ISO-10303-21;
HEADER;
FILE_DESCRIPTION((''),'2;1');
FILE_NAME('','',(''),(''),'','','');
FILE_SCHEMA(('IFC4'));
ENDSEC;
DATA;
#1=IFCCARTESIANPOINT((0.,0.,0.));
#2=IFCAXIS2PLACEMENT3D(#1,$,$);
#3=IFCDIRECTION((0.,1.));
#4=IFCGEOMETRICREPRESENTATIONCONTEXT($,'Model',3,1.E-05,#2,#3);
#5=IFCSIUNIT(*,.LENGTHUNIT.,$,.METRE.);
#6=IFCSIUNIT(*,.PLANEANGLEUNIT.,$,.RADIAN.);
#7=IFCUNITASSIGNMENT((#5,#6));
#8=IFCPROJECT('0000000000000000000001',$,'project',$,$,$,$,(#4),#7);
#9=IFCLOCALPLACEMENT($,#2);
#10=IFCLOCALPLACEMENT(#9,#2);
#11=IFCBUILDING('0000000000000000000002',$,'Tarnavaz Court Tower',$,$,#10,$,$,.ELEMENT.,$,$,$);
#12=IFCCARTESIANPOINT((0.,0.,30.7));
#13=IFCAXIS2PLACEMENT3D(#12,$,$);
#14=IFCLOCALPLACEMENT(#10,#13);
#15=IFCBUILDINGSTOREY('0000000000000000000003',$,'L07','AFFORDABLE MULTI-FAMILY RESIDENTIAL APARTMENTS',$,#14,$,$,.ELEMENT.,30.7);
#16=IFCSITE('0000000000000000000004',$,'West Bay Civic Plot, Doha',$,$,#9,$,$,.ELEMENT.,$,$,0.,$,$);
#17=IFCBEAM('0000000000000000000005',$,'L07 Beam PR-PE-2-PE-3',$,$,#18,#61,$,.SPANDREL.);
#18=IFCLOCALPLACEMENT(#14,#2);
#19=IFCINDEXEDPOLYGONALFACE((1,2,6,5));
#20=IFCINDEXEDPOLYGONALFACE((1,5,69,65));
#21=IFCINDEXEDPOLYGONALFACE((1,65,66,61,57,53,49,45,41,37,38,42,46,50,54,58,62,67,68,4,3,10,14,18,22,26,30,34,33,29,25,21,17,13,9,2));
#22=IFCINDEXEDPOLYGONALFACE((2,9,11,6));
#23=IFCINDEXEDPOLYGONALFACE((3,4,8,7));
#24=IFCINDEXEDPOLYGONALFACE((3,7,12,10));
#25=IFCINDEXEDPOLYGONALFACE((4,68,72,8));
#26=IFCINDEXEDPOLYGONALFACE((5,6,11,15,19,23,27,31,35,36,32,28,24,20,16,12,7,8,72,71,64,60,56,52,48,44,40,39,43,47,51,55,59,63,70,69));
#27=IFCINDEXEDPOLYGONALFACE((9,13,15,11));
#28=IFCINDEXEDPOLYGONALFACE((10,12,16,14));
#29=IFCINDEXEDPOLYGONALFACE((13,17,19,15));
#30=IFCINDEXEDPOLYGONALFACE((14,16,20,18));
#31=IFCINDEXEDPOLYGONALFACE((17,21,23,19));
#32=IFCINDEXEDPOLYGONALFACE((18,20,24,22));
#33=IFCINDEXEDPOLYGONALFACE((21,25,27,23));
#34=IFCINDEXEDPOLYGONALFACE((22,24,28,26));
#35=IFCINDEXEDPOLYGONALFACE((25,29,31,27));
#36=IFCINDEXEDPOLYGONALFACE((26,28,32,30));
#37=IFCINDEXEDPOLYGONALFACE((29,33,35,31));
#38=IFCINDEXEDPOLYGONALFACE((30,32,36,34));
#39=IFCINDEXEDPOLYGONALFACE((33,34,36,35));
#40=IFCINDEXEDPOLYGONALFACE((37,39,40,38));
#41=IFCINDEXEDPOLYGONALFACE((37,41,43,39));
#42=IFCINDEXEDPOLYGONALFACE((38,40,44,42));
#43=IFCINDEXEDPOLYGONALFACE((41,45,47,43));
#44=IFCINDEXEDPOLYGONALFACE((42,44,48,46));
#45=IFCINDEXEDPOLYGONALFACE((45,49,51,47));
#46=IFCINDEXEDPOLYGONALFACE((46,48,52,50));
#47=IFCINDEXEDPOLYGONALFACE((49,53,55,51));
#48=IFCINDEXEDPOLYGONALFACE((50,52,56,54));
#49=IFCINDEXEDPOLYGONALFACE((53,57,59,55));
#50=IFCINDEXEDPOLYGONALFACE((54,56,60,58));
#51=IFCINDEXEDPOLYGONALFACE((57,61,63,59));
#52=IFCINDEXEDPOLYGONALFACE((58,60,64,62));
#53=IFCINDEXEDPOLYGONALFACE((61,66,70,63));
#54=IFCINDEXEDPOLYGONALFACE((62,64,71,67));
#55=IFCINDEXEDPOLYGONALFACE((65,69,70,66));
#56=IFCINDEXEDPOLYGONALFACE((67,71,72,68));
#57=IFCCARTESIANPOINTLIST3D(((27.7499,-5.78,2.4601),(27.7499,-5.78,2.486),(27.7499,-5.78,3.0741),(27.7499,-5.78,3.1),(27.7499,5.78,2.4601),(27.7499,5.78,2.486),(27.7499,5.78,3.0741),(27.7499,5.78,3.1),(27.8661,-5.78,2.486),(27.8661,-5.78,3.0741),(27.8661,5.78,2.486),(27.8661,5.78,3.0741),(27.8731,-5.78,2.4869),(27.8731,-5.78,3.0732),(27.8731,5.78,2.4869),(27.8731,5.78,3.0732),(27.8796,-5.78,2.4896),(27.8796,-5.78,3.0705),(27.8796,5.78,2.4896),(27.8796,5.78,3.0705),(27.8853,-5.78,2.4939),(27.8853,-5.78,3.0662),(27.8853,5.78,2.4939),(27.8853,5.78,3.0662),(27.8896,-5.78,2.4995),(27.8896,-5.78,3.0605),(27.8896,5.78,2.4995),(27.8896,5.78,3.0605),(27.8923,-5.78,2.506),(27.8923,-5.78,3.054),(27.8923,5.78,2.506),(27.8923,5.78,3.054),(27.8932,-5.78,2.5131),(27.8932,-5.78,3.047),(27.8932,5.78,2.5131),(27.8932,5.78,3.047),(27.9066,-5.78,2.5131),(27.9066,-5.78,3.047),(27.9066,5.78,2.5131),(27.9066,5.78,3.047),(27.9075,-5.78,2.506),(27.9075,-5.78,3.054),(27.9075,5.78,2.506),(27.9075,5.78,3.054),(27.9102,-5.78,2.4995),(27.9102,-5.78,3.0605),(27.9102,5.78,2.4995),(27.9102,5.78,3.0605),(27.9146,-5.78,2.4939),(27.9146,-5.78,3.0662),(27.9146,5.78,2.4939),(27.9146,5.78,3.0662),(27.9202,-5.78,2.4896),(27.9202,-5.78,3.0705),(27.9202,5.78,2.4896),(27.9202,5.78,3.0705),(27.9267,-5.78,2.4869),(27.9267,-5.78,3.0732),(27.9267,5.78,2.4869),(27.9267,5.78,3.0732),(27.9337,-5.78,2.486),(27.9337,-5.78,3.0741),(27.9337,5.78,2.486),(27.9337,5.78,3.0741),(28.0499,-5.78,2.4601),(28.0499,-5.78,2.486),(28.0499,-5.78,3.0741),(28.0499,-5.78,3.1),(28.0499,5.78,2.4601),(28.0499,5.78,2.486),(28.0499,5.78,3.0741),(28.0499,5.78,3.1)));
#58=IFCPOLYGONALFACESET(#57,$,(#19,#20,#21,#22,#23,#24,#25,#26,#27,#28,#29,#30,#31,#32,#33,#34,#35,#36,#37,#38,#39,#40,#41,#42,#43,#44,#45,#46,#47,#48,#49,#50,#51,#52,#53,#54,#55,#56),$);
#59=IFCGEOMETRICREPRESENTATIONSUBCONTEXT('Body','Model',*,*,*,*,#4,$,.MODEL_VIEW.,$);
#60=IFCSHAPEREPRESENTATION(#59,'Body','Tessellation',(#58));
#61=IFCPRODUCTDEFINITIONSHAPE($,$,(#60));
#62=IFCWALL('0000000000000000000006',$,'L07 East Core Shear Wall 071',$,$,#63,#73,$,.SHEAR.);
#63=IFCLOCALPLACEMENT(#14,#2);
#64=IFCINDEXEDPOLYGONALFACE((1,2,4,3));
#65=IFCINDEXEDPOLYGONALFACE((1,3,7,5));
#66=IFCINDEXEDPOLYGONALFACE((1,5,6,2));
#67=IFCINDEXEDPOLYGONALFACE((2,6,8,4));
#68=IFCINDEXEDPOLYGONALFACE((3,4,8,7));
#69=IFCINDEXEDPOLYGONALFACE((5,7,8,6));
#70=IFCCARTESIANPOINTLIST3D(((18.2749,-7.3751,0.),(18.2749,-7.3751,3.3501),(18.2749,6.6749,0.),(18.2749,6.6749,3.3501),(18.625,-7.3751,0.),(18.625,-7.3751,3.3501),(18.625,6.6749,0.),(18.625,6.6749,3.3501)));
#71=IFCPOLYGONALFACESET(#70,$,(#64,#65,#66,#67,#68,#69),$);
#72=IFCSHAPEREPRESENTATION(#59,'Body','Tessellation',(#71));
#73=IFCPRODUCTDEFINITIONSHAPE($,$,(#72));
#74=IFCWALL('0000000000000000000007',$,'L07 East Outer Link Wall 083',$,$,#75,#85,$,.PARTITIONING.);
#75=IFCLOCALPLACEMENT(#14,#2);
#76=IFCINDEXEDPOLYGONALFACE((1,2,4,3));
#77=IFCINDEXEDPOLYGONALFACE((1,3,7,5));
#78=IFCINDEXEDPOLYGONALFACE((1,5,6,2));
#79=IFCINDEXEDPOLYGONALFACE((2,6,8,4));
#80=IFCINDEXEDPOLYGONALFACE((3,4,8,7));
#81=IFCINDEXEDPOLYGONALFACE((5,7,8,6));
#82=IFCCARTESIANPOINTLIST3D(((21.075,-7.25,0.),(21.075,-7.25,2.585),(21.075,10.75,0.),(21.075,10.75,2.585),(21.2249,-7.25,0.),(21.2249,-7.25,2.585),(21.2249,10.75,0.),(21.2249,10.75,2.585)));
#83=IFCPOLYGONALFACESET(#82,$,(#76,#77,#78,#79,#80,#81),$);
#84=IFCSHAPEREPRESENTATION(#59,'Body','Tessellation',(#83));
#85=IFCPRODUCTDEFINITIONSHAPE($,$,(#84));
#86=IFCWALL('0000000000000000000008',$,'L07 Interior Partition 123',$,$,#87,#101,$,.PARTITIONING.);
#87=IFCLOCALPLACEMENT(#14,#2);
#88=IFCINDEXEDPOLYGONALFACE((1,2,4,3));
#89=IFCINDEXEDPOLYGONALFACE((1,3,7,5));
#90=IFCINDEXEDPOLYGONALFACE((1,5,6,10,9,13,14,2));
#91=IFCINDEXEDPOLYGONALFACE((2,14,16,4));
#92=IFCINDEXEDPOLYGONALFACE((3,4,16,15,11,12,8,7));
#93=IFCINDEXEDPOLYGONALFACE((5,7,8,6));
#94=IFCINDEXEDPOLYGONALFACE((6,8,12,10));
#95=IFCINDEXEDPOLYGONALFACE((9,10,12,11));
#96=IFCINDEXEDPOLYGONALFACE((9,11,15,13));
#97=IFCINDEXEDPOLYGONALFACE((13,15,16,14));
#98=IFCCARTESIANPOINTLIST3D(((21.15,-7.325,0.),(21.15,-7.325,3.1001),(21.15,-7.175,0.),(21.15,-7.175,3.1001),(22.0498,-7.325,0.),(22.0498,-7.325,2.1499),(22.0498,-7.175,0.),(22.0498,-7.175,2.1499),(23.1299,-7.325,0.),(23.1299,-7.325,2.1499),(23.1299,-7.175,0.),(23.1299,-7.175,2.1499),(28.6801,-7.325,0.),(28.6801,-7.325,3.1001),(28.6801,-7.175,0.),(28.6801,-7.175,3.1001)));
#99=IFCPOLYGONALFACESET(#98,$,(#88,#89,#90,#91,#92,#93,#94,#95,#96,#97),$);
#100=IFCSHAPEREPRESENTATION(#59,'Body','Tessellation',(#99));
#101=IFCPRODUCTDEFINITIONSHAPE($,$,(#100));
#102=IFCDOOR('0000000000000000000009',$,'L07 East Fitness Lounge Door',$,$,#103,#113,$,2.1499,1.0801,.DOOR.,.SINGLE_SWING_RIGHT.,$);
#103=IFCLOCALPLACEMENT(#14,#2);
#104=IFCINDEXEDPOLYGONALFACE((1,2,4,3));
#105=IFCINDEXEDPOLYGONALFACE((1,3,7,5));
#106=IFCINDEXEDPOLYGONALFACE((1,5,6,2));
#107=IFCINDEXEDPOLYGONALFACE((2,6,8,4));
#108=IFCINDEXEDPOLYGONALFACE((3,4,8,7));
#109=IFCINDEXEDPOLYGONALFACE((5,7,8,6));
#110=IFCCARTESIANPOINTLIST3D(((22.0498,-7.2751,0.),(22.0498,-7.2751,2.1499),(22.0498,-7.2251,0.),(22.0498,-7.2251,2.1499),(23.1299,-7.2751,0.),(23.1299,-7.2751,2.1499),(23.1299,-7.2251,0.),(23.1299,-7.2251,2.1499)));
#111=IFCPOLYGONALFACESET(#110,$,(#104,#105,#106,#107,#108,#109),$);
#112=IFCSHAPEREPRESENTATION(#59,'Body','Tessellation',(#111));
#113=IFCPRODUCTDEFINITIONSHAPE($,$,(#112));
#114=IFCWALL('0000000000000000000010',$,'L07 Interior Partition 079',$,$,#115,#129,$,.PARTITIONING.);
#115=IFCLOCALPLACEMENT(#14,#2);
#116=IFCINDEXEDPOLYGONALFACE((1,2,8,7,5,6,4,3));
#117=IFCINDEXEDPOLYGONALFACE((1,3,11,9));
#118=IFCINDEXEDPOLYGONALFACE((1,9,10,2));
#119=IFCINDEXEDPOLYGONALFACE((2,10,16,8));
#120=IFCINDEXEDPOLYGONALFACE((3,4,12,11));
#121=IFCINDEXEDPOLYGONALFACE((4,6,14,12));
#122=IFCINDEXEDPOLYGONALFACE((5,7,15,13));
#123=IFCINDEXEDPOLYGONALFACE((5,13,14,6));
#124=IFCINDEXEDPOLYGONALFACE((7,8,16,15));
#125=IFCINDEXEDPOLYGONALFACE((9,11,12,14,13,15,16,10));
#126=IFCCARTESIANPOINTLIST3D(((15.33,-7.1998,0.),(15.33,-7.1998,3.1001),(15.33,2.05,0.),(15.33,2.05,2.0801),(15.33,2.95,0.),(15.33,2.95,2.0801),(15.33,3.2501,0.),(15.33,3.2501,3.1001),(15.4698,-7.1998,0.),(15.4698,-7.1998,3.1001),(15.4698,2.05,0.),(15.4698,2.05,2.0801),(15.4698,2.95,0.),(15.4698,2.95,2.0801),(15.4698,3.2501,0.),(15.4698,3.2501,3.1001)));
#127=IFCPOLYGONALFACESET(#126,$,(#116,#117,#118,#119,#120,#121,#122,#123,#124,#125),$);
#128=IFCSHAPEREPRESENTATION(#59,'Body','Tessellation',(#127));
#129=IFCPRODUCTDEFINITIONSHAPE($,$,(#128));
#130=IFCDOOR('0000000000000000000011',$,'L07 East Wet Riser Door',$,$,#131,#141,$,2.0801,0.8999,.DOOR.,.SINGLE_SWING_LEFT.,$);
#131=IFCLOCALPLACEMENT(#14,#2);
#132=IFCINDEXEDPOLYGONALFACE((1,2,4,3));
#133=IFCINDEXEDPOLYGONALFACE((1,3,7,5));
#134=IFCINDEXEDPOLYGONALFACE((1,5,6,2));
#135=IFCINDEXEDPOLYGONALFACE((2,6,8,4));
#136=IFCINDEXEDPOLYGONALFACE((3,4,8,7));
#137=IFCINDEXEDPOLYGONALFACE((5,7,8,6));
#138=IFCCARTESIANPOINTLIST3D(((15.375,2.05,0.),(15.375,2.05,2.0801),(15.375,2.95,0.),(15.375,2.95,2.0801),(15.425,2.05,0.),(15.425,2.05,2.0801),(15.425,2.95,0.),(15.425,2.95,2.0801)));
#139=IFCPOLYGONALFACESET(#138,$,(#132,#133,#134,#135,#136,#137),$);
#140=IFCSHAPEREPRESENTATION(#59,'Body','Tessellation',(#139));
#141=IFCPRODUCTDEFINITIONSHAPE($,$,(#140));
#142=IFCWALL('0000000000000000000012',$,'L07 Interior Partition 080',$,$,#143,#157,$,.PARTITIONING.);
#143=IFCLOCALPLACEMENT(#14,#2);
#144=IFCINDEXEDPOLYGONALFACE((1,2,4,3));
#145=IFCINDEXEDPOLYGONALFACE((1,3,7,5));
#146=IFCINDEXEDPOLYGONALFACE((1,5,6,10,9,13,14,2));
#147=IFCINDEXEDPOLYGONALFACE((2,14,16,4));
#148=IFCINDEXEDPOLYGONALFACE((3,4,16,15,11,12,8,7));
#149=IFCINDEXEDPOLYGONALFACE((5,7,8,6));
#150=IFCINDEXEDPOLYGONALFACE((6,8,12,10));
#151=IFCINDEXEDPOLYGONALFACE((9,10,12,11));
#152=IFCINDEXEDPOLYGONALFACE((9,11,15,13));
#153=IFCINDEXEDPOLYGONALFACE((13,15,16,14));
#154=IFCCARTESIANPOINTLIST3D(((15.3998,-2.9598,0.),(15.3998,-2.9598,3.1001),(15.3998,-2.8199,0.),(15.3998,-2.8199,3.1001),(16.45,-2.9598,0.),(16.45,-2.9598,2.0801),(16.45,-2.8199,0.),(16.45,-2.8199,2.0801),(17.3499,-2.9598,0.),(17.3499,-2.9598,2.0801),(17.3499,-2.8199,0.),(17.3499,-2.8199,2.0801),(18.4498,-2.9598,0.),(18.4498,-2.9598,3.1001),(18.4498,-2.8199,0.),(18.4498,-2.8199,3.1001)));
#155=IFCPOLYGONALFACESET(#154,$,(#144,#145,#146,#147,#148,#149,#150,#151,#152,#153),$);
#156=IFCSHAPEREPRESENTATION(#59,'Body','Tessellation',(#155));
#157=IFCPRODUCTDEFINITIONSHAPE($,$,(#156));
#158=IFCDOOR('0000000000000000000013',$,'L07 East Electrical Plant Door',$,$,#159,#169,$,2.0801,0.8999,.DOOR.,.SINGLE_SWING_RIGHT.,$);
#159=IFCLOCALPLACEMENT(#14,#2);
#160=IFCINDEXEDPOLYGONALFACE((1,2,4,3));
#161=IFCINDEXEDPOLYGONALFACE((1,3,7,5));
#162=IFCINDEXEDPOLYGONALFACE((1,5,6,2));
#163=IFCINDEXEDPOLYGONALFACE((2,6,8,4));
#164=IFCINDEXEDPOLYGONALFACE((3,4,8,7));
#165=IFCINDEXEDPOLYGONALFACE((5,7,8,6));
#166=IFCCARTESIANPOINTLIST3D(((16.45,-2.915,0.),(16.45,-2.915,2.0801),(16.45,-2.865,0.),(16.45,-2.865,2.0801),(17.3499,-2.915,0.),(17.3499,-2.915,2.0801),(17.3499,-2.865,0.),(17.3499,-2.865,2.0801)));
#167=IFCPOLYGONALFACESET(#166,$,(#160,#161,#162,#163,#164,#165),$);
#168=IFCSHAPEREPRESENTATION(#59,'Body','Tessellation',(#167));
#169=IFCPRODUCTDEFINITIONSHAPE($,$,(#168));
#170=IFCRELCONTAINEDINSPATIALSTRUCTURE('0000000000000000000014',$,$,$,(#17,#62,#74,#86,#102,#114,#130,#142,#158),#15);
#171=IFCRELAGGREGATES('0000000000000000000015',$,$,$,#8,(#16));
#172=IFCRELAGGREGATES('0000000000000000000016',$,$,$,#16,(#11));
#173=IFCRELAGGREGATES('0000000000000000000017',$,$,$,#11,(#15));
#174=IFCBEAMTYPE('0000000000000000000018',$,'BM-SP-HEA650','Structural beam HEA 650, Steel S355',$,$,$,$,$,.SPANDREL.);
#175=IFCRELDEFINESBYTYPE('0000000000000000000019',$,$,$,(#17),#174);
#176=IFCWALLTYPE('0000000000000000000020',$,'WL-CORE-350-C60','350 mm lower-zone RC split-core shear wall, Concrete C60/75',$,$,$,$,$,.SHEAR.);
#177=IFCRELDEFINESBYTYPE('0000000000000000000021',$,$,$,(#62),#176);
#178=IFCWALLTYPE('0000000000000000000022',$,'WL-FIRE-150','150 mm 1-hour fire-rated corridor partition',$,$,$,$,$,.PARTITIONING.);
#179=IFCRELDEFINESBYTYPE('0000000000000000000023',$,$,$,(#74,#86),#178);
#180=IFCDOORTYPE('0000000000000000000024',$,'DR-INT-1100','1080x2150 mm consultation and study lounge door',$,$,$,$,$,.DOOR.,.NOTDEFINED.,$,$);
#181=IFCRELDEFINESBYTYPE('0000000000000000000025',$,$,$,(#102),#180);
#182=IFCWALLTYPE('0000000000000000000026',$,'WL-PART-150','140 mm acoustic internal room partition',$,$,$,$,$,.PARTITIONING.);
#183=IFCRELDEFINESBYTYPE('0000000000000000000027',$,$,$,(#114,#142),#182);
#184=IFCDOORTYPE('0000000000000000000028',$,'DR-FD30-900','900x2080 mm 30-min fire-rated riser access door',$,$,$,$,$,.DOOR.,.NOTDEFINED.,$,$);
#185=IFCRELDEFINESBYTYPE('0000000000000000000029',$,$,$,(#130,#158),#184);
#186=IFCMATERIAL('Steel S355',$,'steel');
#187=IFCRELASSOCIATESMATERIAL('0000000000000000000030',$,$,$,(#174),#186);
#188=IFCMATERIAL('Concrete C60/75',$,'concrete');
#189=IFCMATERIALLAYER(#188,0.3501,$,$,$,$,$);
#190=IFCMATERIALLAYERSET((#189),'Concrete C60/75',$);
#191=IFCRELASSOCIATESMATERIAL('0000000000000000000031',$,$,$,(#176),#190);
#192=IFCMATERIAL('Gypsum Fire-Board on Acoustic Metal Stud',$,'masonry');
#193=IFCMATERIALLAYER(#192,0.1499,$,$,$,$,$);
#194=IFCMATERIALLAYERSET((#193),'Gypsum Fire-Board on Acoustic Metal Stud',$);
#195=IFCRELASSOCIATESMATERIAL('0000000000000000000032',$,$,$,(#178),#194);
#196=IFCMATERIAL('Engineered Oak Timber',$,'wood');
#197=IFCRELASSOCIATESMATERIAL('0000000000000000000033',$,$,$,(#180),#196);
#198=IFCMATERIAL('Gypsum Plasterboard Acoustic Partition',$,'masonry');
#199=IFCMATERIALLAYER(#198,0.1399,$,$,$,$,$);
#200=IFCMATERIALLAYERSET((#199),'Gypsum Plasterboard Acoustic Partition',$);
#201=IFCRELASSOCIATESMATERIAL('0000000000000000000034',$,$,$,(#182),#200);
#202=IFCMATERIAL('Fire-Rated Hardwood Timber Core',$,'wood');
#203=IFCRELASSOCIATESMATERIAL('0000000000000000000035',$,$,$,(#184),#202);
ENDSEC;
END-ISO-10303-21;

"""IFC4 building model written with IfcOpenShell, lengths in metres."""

from ifc_helpers import new_model, si_unit, direction, frame, frame_2d, origin, origin_2d, place, context, subcontext, project, spatial, rectangle, i_section, extrude, material, layer, layer_set, material_profile, profile_set, type_object, element, fill, save


model = new_model("IFC4")

# Units and contexts
model_context = context("Model", 3, precision=1e-05, world=origin(), true_north=direction((0.0, 1.0)))
body_context = subcontext(model_context, "Body", "Model", "MODEL_VIEW")
ifc_project = project(units=[si_unit("LENGTHUNIT", "METRE"), si_unit("PLANEANGLEUNIT", "RADIAN")], contexts=[model_context])

# Site, building, storey
site_placement = place(None, origin())
site = spatial("IfcSite", under=ifc_project, at=site_placement, Name="West Bay Civic Plot, Doha", CompositionType="ELEMENT", RefElevation=0.0)
building_placement = place(site_placement, origin())
building = spatial("IfcBuilding", under=site, at=building_placement, Name="Tarnavaz Court Tower", CompositionType="ELEMENT")
storey_placement = place(building_placement, frame((0.0, 0.0, 30.7)))
storey = spatial("IfcBuildingStorey", under=building, at=storey_placement, Name="L07", Description="AFFORDABLE MULTI-FAMILY RESIDENTIAL APARTMENTS", CompositionType="ELEMENT", Elevation=30.7)

# Shared definitions
ifc_material_1 = material(Name="Concrete C60/75", Category="concrete")

# Beam
ifc_material_2 = material(Name="Steel S355", Category="steel")
ifc_material_profile_1 = material_profile(ifc_material_2, i_section(OverallWidth=0.3, OverallDepth=0.6399, WebThickness=0.0134, FlangeThickness=0.0259, FilletRadius=0.0271, at=origin_2d()), Name="HEA 650")
ifc_profile_set_1 = profile_set([ifc_material_profile_1], Name="Steel S355")
beam_type_1 = type_object("IfcBeamType", Name="BM-SP-HEA650", Description="Structural beam HEA 650, Steel S355", PredefinedType="SPANDREL", material=ifc_profile_set_1)
beam_1_placement = place(storey_placement, frame((27.8999, -5.78, 2.78), z_axis=(0.0, 1.0, 0.0), x_axis=(-1.0, 0.0, 0.0)))
element("IfcBeam", 1, at=beam_1_placement, inside=storey, type_object=beam_type_1, Name="L07 Beam PR-PE-2-PE-3", PredefinedType="SPANDREL", context=body_context, shape_type="SweptSolid", body=[
    extrude(i_section(OverallWidth=0.3, OverallDepth=0.6399, WebThickness=0.0134, FlangeThickness=0.0259, FilletRadius=0.0271, at=origin_2d()), origin(), (0.0, 0.0, 1.0), 11.5601),
])

# Walls
ifc_layer_1 = layer(ifc_material_1, 0.3501)
ifc_layer_set_1 = layer_set([ifc_layer_1], Name="Concrete C60/75")
wall_type_1 = type_object("IfcWallType", Name="WL-CORE-350-C60", Description="350 mm lower-zone RC split-core shear wall, Concrete C60/75", PredefinedType="SHEAR", material=ifc_layer_set_1)
wall_1_placement = place(storey_placement, frame((18.45, -7.375, 0.0), z_axis=(0.0, 0.0, 1.0), x_axis=(0.0, 1.0, 0.0)))
element("IfcWall", 2, at=wall_1_placement, inside=storey, type_object=wall_type_1, Name="L07 East Core Shear Wall 071", PredefinedType="SHEAR", context=body_context, shape_type="SweptSolid", body=[
    extrude(rectangle(XDim=14.05, YDim=0.3501, at=frame_2d((7.0249, 0.0))), origin(), (0.0, 0.0, 1.0), 3.3501),
])
ifc_material_3 = material(Name="Gypsum Fire-Board on Acoustic Metal Stud", Category="masonry")
ifc_layer_2 = layer(ifc_material_3, 0.1499)
ifc_layer_set_2 = layer_set([ifc_layer_2], Name="Gypsum Fire-Board on Acoustic Metal Stud")
wall_type_2 = type_object("IfcWallType", Name="WL-FIRE-150", Description="150 mm 1-hour fire-rated corridor partition", PredefinedType="PARTITIONING", material=ifc_layer_set_2)
wall_2_placement = place(storey_placement, frame((21.1499, -7.25, 0.0), z_axis=(0.0, 0.0, 1.0), x_axis=(0.0, 1.0, 0.0)))
element("IfcWall", 3, at=wall_2_placement, inside=storey, type_object=wall_type_2, Name="L07 East Outer Link Wall 083", PredefinedType="PARTITIONING", context=body_context, shape_type="SweptSolid", body=[
    extrude(rectangle(XDim=18.0, YDim=0.1499, at=frame_2d((9.0, 0.0))), origin(), (0.0, 0.0, 1.0), 2.585),
])

# Walls, openings, doors
wall_3_placement = place(storey_placement, frame((21.1499, -7.25, 0.0), z_axis=(0.0, 0.0, 1.0), x_axis=(1.0, 0.0, 0.0)))
wall_3 = element("IfcWall", 4, at=wall_3_placement, inside=storey, type_object=wall_type_2, Name="L07 Interior Partition 123", PredefinedType="PARTITIONING", context=body_context, shape_type="SweptSolid", body=[
    extrude(rectangle(XDim=7.53, YDim=0.1499, at=frame_2d((3.7651, 0.0))), origin(), (0.0, 0.0, 1.0), 3.1001),
])
opening_1_placement = place(wall_3_placement, frame((0.8999, 0.0, 0.0)))
opening_1 = element("IfcOpeningElement", 5, at=opening_1_placement, cuts=wall_3, PredefinedType="OPENING", context=body_context, shape_type="SweptSolid", body=[
    extrude(rectangle(XDim=1.0801, YDim=2.1499, at=frame_2d((0.54, 1.075))), frame((0.0, 0.085, 0.0), z_axis=(0.0, -1.0, 0.0), x_axis=(1.0, 0.0, 0.0)), (0.0, 0.0, 1.0), 0.1699),
])
ifc_material_4 = material(Name="Engineered Oak Timber", Category="wood")
door_type_1 = type_object("IfcDoorType", Name="DR-INT-1100", Description="1080x2150 mm consultation and study lounge door", OperationType="NOTDEFINED", PredefinedType="DOOR", material=ifc_material_4)
door_1_placement = place(opening_1_placement, origin())
door_1 = element("IfcDoor", 6, at=door_1_placement, inside=storey, type_object=door_type_1, Name="L07 East Fitness Lounge Door", OperationType="SINGLE_SWING_RIGHT", OverallHeight=2.1499, OverallWidth=1.0801, PredefinedType="DOOR", context=body_context, shape_type="SweptSolid", body=[
    extrude(rectangle(XDim=1.0801, YDim=2.1499, at=frame_2d((0.54, 1.075))), frame((0.0, 0.0249, 0.0), z_axis=(0.0, -1.0, 0.0), x_axis=(1.0, 0.0, 0.0)), (0.0, 0.0, 1.0), 0.05),
])
fill(opening_1, door_1)
ifc_material_5 = material(Name="Gypsum Plasterboard Acoustic Partition", Category="masonry")
ifc_layer_3 = layer(ifc_material_5, 0.1399)
ifc_layer_set_3 = layer_set([ifc_layer_3], Name="Gypsum Plasterboard Acoustic Partition")
wall_type_3 = type_object("IfcWallType", Name="WL-PART-150", Description="140 mm acoustic internal room partition", PredefinedType="PARTITIONING", material=ifc_layer_set_3)
wall_4_placement = place(storey_placement, frame((15.3999, -7.2, 0.0), z_axis=(0.0, 0.0, 1.0), x_axis=(0.0, 1.0, 0.0)))
wall_4 = element("IfcWall", 7, at=wall_4_placement, inside=storey, type_object=wall_type_3, Name="L07 Interior Partition 079", PredefinedType="PARTITIONING", context=body_context, shape_type="SweptSolid", body=[
    extrude(rectangle(XDim=10.45, YDim=0.1399, at=frame_2d((5.2251, 0.0))), origin(), (0.0, 0.0, 1.0), 3.1001),
])
opening_2_placement = place(wall_4_placement, frame((9.25, 0.0, 0.0)))
opening_2 = element("IfcOpeningElement", 8, at=opening_2_placement, cuts=wall_4, PredefinedType="OPENING", context=body_context, shape_type="SweptSolid", body=[
    extrude(rectangle(XDim=0.8999, YDim=2.0801, at=frame_2d((0.45, 1.04))), frame((0.0, 0.0798, 0.0), z_axis=(0.0, -1.0, 0.0), x_axis=(1.0, 0.0, 0.0)), (0.0, 0.0, 1.0), 0.1599),
])
ifc_material_6 = material(Name="Fire-Rated Hardwood Timber Core", Category="wood")
door_type_2 = type_object("IfcDoorType", Name="DR-FD30-900", Description="900x2080 mm 30-min fire-rated riser access door", OperationType="NOTDEFINED", PredefinedType="DOOR", material=ifc_material_6)
door_2_placement = place(opening_2_placement, origin())
door_2 = element("IfcDoor", 9, at=door_2_placement, inside=storey, type_object=door_type_2, Name="L07 East Wet Riser Door", OperationType="SINGLE_SWING_LEFT", OverallHeight=2.0801, OverallWidth=0.8999, PredefinedType="DOOR", context=body_context, shape_type="SweptSolid", body=[
    extrude(rectangle(XDim=0.8999, YDim=2.0801, at=frame_2d((0.45, 1.04))), frame((0.0, 0.0249, 0.0), z_axis=(0.0, -1.0, 0.0), x_axis=(1.0, 0.0, 0.0)), (0.0, 0.0, 1.0), 0.05),
])
fill(opening_2, door_2)
wall_5_placement = place(storey_placement, frame((15.3999, -2.8899, 0.0), z_axis=(0.0, 0.0, 1.0), x_axis=(1.0, 0.0, 0.0)))
wall_5 = element("IfcWall", 10, at=wall_5_placement, inside=storey, type_object=wall_type_3, Name="L07 Interior Partition 080", PredefinedType="PARTITIONING", context=body_context, shape_type="SweptSolid", body=[
    extrude(rectangle(XDim=3.05, YDim=0.1399, at=frame_2d((1.5249, 0.0))), origin(), (0.0, 0.0, 1.0), 3.1001),
])
opening_3_placement = place(wall_5_placement, frame((1.05, 0.0, 0.0)))
opening_3 = element("IfcOpeningElement", 11, at=opening_3_placement, cuts=wall_5, PredefinedType="OPENING", context=body_context, shape_type="SweptSolid", body=[
    extrude(rectangle(XDim=0.8999, YDim=2.0801, at=frame_2d((0.45, 1.04))), frame((0.0, 0.0798, 0.0), z_axis=(0.0, -1.0, 0.0), x_axis=(1.0, 0.0, 0.0)), (0.0, 0.0, 1.0), 0.1599),
])
door_3_placement = place(opening_3_placement, origin())
door_3 = element("IfcDoor", 12, at=door_3_placement, inside=storey, type_object=door_type_2, Name="L07 East Electrical Plant Door", OperationType="SINGLE_SWING_RIGHT", OverallHeight=2.0801, OverallWidth=0.8999, PredefinedType="DOOR", context=body_context, shape_type="SweptSolid", body=[
    extrude(rectangle(XDim=0.8999, YDim=2.0801, at=frame_2d((0.45, 1.04))), frame((0.0, 0.0249, 0.0), z_axis=(0.0, -1.0, 0.0), x_axis=(1.0, 0.0, 0.0)), (0.0, 0.0, 1.0), 0.05),
])
fill(opening_3, door_3)

save(model, "model.ifc")
